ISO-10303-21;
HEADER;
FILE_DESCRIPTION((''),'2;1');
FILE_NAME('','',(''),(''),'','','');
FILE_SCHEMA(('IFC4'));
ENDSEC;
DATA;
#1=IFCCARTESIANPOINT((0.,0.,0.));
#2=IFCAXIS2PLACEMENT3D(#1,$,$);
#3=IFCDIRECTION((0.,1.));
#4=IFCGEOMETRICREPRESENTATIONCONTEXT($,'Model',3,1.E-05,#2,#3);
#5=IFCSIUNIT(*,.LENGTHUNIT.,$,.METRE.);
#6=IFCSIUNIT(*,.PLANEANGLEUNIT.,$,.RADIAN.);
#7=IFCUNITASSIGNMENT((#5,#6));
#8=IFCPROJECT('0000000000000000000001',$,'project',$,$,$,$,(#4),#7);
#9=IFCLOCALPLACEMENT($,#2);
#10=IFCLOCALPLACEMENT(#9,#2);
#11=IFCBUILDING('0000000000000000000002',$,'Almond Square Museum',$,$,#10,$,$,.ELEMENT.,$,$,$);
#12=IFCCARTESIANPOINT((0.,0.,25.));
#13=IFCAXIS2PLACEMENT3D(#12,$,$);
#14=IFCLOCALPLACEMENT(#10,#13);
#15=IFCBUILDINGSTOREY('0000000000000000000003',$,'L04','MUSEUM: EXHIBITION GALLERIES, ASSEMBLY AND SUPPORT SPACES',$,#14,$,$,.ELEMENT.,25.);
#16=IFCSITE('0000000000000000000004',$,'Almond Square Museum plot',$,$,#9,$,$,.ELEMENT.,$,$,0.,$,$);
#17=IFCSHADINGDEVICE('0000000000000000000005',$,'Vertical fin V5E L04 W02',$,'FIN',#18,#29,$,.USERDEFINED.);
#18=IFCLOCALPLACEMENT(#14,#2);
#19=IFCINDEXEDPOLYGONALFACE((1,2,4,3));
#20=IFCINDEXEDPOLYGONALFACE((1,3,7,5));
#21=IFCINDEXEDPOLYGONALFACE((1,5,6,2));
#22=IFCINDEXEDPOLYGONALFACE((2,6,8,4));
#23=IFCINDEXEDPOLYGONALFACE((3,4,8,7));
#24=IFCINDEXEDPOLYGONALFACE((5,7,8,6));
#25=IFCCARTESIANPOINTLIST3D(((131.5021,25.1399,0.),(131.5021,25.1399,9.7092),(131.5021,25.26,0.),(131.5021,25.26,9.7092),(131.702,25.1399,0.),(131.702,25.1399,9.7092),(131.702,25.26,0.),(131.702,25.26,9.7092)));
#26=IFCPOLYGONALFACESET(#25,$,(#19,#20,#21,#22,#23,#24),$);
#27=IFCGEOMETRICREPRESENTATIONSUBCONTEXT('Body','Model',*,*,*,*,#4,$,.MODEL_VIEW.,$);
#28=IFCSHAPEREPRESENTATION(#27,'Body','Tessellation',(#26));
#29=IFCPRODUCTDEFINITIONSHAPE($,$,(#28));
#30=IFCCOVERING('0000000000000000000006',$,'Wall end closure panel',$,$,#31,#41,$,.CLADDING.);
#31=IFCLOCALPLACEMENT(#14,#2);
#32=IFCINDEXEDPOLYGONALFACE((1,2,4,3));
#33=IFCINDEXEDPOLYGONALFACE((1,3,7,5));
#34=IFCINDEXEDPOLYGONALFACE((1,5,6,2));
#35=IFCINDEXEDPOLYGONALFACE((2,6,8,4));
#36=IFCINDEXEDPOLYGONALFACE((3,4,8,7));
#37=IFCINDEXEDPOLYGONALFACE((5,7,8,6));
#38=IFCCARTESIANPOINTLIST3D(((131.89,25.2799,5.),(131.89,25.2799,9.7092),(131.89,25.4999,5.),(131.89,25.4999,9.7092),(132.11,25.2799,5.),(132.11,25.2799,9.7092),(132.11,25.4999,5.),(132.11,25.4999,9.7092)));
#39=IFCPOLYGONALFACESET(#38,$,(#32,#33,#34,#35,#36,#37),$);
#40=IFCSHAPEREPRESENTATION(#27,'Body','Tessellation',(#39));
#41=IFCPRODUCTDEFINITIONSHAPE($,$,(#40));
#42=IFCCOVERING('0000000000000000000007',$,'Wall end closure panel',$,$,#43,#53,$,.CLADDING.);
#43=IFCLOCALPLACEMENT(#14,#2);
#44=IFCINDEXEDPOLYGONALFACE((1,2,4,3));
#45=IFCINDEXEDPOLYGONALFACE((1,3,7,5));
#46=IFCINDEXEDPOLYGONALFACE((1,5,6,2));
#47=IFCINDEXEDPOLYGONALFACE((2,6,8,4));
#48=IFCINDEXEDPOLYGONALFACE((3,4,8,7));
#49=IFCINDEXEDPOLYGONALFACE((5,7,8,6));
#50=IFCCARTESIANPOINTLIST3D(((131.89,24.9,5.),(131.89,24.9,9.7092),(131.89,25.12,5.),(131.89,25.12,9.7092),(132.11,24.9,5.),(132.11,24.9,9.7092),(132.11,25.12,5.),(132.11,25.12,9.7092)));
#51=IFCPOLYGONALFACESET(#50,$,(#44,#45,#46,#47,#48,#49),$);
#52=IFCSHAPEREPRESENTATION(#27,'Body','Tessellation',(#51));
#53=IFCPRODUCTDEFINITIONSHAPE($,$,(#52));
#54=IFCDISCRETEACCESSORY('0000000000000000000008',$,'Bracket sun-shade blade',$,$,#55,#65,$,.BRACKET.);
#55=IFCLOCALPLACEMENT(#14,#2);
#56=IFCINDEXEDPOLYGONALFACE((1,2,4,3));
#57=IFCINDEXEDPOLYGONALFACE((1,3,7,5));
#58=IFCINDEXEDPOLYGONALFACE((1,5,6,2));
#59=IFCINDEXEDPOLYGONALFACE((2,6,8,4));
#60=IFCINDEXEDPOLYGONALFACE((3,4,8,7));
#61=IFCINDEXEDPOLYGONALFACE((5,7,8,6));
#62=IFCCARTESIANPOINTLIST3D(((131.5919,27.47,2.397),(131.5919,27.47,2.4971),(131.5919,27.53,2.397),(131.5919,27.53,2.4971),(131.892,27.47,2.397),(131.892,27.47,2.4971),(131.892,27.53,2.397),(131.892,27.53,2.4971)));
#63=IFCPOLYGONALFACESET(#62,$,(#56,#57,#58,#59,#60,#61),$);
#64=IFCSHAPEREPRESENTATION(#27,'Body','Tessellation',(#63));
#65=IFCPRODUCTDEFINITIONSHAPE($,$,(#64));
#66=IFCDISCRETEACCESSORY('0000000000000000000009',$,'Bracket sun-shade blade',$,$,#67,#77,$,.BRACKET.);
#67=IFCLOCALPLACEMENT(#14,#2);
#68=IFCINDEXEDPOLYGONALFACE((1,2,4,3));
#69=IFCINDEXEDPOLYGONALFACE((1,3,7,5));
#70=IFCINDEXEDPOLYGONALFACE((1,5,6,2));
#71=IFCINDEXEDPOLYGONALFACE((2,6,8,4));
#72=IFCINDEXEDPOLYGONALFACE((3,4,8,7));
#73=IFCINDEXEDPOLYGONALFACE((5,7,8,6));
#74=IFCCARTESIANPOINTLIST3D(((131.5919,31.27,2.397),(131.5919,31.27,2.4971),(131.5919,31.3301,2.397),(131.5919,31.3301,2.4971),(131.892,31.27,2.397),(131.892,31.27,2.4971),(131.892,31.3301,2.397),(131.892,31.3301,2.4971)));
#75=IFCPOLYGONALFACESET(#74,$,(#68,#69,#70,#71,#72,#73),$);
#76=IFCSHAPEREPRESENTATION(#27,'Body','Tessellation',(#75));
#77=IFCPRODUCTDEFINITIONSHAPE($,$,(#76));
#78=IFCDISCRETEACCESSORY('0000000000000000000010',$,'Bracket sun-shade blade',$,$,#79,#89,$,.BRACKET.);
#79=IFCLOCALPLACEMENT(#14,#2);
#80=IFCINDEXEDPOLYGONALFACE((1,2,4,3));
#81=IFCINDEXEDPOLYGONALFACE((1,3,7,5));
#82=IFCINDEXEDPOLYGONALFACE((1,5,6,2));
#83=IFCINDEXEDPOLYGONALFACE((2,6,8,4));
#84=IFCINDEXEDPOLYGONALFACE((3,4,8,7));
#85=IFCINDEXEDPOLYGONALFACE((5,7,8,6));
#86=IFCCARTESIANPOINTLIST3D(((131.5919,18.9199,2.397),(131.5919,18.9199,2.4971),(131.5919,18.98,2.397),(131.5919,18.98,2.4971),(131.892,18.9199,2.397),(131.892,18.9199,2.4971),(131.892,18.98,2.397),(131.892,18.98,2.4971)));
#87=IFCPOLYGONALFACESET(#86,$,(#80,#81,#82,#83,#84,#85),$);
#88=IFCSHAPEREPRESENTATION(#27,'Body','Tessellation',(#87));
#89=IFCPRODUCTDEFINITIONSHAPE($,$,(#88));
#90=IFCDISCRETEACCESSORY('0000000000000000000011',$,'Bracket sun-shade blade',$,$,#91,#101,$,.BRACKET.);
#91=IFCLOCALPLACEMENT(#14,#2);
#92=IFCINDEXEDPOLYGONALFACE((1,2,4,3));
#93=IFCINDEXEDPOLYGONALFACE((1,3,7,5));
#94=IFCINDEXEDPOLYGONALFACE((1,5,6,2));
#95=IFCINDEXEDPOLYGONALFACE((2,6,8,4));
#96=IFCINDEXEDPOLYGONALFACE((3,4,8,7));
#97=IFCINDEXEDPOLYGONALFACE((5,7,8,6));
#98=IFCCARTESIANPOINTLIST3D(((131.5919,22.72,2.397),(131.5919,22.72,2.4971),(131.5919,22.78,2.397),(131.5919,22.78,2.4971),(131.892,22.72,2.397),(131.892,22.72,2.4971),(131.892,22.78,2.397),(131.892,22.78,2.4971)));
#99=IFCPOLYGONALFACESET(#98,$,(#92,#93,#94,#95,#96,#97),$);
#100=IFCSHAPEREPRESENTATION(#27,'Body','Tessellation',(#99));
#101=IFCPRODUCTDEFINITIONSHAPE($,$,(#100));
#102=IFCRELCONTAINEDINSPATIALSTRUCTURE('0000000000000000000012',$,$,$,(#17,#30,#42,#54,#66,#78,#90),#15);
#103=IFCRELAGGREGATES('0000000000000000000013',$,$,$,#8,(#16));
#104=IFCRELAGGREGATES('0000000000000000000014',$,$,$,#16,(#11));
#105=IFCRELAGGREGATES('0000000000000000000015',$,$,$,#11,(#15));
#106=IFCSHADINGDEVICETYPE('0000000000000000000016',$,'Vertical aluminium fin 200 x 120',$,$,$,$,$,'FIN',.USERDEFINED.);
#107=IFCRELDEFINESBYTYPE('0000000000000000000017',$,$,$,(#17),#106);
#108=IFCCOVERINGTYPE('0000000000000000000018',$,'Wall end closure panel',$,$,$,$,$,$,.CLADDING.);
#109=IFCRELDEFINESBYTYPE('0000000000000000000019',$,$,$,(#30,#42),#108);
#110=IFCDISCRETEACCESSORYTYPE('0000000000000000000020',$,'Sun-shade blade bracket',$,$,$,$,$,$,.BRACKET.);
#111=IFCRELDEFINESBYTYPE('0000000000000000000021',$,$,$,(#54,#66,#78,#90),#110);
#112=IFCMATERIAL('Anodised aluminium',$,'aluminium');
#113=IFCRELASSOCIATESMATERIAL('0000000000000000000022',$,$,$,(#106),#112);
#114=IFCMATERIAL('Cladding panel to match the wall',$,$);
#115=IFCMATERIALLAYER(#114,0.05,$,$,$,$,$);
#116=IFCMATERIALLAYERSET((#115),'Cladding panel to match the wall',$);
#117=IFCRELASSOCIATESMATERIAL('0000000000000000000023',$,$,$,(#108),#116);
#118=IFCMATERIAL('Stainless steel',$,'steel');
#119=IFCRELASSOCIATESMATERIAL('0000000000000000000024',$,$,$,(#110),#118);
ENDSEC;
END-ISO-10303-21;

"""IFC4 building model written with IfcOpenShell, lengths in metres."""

from ifc_helpers import new_model, si_unit, direction, frame, origin, origin_2d, place, context, subcontext, project, spatial, rectangle, extrude, material, layer, layer_set, material_profile, profile_set, type_object, element, save


model = new_model("IFC4")

# Units and contexts
model_context = context("Model", 3, precision=1e-05, world=origin(), true_north=direction((0.0, 1.0)))
body_context = subcontext(model_context, "Body", "Model", "MODEL_VIEW")
ifc_project = project(units=[si_unit("LENGTHUNIT", "METRE"), si_unit("PLANEANGLEUNIT", "RADIAN")], contexts=[model_context])

# Site, building, storey
site_placement = place(None, origin())
site = spatial("IfcSite", under=ifc_project, at=site_placement, Name="Almond Square Museum plot", CompositionType="ELEMENT", RefElevation=0.0)
building_placement = place(site_placement, origin())
building = spatial("IfcBuilding", under=site, at=building_placement, Name="Almond Square Museum", CompositionType="ELEMENT")
storey_placement = place(building_placement, frame((0.0, 0.0, 25.0)))
storey = spatial("IfcBuildingStorey", under=building, at=storey_placement, Name="L04", Description="MUSEUM: EXHIBITION GALLERIES, ASSEMBLY AND SUPPORT SPACES", CompositionType="ELEMENT", Elevation=25.0)

# Shading device
ifc_material_1 = material(Name="Anodised aluminium", Category="aluminium")
ifc_material_profile_1 = material_profile(ifc_material_1, rectangle(XDim=0.2, YDim=0.1201, at=origin_2d()))
ifc_profile_set_1 = profile_set([ifc_material_profile_1], Name="Anodised aluminium")
shading_device_type_1 = type_object("IfcShadingDeviceType", Name="Vertical aluminium fin 200 x 120", ElementType="FIN", PredefinedType="USERDEFINED", material=ifc_profile_set_1)
shading_device_placement = place(storey_placement, frame((131.6021, 25.2, 0.0), z_axis=(0.0, 0.0, 1.0), x_axis=(-1.0, 0.0, 0.0)))
element("IfcShadingDevice", 1, at=shading_device_placement, inside=storey, type_object=shading_device_type_1, Name="Vertical fin V5E L04 W02", ObjectType="FIN", PredefinedType="USERDEFINED", context=body_context, shape_type="SweptSolid", body=[
    extrude(rectangle(XDim=0.2, YDim=0.1201, at=origin_2d()), origin(), (0.0, 0.0, 1.0), 9.7092),
])

# Coverings
ifc_material_2 = material(Name="Cladding panel to match the wall")
ifc_layer_1 = layer(ifc_material_2, 0.05)
ifc_layer_set_1 = layer_set([ifc_layer_1], Name="Cladding panel to match the wall")
covering_type_1 = type_object("IfcCoveringType", Name="Wall end closure panel", PredefinedType="CLADDING", material=ifc_layer_set_1)
for number, where, z_axis, x_axis, name in (
    (2, (132.0, 25.3899, 5.0), (0.0, 0.0, 1.0), (1.0, 0.0, 0.0), "Wall end closure panel"),
    (3, (132.0, 25.01, 5.0), (0.0, 0.0, 1.0), (1.0, 0.0, 0.0), "Wall end closure panel"),
):
    element("IfcCovering", number, at=place(storey_placement, frame(where, z_axis=z_axis, x_axis=x_axis)), inside=storey, type_object=covering_type_1, Name=name, PredefinedType="CLADDING", context=body_context, shape_type="SweptSolid", body=[
        extrude(rectangle(XDim=0.22, YDim=0.22, at=origin_2d()), origin(), (0.0, 0.0, 1.0), 4.7092),
    ])

# Discrete accessories
ifc_material_3 = material(Name="Stainless steel", Category="steel")
discrete_accessory_type = type_object("IfcDiscreteAccessoryType", Name="Sun-shade blade bracket", PredefinedType="BRACKET", material=ifc_material_3)
for number, where, z_axis, x_axis, name in (
    (4, (131.7419, 27.5, 2.397), (0.0, 0.0, 1.0), (1.0, 0.0, 0.0), "Bracket sun-shade blade"),
    (5, (131.7419, 31.3, 2.397), (0.0, 0.0, 1.0), (1.0, 0.0, 0.0), "Bracket sun-shade blade"),
    (6, (131.7419, 18.95, 2.397), (0.0, 0.0, 1.0), (1.0, 0.0, 0.0), "Bracket sun-shade blade"),
    (7, (131.7419, 22.75, 2.397), (0.0, 0.0, 1.0), (1.0, 0.0, 0.0), "Bracket sun-shade blade"),
):
    element("IfcDiscreteAccessory", number, at=place(storey_placement, frame(where, z_axis=z_axis, x_axis=x_axis)), inside=storey, type_object=discrete_accessory_type, Name=name, PredefinedType="BRACKET", context=body_context, shape_type="SweptSolid", body=[
        extrude(rectangle(XDim=0.3, YDim=0.0601, at=origin_2d()), origin(), (0.0, 0.0, 1.0), 0.1001),
    ])

save(model, "model.ifc")
